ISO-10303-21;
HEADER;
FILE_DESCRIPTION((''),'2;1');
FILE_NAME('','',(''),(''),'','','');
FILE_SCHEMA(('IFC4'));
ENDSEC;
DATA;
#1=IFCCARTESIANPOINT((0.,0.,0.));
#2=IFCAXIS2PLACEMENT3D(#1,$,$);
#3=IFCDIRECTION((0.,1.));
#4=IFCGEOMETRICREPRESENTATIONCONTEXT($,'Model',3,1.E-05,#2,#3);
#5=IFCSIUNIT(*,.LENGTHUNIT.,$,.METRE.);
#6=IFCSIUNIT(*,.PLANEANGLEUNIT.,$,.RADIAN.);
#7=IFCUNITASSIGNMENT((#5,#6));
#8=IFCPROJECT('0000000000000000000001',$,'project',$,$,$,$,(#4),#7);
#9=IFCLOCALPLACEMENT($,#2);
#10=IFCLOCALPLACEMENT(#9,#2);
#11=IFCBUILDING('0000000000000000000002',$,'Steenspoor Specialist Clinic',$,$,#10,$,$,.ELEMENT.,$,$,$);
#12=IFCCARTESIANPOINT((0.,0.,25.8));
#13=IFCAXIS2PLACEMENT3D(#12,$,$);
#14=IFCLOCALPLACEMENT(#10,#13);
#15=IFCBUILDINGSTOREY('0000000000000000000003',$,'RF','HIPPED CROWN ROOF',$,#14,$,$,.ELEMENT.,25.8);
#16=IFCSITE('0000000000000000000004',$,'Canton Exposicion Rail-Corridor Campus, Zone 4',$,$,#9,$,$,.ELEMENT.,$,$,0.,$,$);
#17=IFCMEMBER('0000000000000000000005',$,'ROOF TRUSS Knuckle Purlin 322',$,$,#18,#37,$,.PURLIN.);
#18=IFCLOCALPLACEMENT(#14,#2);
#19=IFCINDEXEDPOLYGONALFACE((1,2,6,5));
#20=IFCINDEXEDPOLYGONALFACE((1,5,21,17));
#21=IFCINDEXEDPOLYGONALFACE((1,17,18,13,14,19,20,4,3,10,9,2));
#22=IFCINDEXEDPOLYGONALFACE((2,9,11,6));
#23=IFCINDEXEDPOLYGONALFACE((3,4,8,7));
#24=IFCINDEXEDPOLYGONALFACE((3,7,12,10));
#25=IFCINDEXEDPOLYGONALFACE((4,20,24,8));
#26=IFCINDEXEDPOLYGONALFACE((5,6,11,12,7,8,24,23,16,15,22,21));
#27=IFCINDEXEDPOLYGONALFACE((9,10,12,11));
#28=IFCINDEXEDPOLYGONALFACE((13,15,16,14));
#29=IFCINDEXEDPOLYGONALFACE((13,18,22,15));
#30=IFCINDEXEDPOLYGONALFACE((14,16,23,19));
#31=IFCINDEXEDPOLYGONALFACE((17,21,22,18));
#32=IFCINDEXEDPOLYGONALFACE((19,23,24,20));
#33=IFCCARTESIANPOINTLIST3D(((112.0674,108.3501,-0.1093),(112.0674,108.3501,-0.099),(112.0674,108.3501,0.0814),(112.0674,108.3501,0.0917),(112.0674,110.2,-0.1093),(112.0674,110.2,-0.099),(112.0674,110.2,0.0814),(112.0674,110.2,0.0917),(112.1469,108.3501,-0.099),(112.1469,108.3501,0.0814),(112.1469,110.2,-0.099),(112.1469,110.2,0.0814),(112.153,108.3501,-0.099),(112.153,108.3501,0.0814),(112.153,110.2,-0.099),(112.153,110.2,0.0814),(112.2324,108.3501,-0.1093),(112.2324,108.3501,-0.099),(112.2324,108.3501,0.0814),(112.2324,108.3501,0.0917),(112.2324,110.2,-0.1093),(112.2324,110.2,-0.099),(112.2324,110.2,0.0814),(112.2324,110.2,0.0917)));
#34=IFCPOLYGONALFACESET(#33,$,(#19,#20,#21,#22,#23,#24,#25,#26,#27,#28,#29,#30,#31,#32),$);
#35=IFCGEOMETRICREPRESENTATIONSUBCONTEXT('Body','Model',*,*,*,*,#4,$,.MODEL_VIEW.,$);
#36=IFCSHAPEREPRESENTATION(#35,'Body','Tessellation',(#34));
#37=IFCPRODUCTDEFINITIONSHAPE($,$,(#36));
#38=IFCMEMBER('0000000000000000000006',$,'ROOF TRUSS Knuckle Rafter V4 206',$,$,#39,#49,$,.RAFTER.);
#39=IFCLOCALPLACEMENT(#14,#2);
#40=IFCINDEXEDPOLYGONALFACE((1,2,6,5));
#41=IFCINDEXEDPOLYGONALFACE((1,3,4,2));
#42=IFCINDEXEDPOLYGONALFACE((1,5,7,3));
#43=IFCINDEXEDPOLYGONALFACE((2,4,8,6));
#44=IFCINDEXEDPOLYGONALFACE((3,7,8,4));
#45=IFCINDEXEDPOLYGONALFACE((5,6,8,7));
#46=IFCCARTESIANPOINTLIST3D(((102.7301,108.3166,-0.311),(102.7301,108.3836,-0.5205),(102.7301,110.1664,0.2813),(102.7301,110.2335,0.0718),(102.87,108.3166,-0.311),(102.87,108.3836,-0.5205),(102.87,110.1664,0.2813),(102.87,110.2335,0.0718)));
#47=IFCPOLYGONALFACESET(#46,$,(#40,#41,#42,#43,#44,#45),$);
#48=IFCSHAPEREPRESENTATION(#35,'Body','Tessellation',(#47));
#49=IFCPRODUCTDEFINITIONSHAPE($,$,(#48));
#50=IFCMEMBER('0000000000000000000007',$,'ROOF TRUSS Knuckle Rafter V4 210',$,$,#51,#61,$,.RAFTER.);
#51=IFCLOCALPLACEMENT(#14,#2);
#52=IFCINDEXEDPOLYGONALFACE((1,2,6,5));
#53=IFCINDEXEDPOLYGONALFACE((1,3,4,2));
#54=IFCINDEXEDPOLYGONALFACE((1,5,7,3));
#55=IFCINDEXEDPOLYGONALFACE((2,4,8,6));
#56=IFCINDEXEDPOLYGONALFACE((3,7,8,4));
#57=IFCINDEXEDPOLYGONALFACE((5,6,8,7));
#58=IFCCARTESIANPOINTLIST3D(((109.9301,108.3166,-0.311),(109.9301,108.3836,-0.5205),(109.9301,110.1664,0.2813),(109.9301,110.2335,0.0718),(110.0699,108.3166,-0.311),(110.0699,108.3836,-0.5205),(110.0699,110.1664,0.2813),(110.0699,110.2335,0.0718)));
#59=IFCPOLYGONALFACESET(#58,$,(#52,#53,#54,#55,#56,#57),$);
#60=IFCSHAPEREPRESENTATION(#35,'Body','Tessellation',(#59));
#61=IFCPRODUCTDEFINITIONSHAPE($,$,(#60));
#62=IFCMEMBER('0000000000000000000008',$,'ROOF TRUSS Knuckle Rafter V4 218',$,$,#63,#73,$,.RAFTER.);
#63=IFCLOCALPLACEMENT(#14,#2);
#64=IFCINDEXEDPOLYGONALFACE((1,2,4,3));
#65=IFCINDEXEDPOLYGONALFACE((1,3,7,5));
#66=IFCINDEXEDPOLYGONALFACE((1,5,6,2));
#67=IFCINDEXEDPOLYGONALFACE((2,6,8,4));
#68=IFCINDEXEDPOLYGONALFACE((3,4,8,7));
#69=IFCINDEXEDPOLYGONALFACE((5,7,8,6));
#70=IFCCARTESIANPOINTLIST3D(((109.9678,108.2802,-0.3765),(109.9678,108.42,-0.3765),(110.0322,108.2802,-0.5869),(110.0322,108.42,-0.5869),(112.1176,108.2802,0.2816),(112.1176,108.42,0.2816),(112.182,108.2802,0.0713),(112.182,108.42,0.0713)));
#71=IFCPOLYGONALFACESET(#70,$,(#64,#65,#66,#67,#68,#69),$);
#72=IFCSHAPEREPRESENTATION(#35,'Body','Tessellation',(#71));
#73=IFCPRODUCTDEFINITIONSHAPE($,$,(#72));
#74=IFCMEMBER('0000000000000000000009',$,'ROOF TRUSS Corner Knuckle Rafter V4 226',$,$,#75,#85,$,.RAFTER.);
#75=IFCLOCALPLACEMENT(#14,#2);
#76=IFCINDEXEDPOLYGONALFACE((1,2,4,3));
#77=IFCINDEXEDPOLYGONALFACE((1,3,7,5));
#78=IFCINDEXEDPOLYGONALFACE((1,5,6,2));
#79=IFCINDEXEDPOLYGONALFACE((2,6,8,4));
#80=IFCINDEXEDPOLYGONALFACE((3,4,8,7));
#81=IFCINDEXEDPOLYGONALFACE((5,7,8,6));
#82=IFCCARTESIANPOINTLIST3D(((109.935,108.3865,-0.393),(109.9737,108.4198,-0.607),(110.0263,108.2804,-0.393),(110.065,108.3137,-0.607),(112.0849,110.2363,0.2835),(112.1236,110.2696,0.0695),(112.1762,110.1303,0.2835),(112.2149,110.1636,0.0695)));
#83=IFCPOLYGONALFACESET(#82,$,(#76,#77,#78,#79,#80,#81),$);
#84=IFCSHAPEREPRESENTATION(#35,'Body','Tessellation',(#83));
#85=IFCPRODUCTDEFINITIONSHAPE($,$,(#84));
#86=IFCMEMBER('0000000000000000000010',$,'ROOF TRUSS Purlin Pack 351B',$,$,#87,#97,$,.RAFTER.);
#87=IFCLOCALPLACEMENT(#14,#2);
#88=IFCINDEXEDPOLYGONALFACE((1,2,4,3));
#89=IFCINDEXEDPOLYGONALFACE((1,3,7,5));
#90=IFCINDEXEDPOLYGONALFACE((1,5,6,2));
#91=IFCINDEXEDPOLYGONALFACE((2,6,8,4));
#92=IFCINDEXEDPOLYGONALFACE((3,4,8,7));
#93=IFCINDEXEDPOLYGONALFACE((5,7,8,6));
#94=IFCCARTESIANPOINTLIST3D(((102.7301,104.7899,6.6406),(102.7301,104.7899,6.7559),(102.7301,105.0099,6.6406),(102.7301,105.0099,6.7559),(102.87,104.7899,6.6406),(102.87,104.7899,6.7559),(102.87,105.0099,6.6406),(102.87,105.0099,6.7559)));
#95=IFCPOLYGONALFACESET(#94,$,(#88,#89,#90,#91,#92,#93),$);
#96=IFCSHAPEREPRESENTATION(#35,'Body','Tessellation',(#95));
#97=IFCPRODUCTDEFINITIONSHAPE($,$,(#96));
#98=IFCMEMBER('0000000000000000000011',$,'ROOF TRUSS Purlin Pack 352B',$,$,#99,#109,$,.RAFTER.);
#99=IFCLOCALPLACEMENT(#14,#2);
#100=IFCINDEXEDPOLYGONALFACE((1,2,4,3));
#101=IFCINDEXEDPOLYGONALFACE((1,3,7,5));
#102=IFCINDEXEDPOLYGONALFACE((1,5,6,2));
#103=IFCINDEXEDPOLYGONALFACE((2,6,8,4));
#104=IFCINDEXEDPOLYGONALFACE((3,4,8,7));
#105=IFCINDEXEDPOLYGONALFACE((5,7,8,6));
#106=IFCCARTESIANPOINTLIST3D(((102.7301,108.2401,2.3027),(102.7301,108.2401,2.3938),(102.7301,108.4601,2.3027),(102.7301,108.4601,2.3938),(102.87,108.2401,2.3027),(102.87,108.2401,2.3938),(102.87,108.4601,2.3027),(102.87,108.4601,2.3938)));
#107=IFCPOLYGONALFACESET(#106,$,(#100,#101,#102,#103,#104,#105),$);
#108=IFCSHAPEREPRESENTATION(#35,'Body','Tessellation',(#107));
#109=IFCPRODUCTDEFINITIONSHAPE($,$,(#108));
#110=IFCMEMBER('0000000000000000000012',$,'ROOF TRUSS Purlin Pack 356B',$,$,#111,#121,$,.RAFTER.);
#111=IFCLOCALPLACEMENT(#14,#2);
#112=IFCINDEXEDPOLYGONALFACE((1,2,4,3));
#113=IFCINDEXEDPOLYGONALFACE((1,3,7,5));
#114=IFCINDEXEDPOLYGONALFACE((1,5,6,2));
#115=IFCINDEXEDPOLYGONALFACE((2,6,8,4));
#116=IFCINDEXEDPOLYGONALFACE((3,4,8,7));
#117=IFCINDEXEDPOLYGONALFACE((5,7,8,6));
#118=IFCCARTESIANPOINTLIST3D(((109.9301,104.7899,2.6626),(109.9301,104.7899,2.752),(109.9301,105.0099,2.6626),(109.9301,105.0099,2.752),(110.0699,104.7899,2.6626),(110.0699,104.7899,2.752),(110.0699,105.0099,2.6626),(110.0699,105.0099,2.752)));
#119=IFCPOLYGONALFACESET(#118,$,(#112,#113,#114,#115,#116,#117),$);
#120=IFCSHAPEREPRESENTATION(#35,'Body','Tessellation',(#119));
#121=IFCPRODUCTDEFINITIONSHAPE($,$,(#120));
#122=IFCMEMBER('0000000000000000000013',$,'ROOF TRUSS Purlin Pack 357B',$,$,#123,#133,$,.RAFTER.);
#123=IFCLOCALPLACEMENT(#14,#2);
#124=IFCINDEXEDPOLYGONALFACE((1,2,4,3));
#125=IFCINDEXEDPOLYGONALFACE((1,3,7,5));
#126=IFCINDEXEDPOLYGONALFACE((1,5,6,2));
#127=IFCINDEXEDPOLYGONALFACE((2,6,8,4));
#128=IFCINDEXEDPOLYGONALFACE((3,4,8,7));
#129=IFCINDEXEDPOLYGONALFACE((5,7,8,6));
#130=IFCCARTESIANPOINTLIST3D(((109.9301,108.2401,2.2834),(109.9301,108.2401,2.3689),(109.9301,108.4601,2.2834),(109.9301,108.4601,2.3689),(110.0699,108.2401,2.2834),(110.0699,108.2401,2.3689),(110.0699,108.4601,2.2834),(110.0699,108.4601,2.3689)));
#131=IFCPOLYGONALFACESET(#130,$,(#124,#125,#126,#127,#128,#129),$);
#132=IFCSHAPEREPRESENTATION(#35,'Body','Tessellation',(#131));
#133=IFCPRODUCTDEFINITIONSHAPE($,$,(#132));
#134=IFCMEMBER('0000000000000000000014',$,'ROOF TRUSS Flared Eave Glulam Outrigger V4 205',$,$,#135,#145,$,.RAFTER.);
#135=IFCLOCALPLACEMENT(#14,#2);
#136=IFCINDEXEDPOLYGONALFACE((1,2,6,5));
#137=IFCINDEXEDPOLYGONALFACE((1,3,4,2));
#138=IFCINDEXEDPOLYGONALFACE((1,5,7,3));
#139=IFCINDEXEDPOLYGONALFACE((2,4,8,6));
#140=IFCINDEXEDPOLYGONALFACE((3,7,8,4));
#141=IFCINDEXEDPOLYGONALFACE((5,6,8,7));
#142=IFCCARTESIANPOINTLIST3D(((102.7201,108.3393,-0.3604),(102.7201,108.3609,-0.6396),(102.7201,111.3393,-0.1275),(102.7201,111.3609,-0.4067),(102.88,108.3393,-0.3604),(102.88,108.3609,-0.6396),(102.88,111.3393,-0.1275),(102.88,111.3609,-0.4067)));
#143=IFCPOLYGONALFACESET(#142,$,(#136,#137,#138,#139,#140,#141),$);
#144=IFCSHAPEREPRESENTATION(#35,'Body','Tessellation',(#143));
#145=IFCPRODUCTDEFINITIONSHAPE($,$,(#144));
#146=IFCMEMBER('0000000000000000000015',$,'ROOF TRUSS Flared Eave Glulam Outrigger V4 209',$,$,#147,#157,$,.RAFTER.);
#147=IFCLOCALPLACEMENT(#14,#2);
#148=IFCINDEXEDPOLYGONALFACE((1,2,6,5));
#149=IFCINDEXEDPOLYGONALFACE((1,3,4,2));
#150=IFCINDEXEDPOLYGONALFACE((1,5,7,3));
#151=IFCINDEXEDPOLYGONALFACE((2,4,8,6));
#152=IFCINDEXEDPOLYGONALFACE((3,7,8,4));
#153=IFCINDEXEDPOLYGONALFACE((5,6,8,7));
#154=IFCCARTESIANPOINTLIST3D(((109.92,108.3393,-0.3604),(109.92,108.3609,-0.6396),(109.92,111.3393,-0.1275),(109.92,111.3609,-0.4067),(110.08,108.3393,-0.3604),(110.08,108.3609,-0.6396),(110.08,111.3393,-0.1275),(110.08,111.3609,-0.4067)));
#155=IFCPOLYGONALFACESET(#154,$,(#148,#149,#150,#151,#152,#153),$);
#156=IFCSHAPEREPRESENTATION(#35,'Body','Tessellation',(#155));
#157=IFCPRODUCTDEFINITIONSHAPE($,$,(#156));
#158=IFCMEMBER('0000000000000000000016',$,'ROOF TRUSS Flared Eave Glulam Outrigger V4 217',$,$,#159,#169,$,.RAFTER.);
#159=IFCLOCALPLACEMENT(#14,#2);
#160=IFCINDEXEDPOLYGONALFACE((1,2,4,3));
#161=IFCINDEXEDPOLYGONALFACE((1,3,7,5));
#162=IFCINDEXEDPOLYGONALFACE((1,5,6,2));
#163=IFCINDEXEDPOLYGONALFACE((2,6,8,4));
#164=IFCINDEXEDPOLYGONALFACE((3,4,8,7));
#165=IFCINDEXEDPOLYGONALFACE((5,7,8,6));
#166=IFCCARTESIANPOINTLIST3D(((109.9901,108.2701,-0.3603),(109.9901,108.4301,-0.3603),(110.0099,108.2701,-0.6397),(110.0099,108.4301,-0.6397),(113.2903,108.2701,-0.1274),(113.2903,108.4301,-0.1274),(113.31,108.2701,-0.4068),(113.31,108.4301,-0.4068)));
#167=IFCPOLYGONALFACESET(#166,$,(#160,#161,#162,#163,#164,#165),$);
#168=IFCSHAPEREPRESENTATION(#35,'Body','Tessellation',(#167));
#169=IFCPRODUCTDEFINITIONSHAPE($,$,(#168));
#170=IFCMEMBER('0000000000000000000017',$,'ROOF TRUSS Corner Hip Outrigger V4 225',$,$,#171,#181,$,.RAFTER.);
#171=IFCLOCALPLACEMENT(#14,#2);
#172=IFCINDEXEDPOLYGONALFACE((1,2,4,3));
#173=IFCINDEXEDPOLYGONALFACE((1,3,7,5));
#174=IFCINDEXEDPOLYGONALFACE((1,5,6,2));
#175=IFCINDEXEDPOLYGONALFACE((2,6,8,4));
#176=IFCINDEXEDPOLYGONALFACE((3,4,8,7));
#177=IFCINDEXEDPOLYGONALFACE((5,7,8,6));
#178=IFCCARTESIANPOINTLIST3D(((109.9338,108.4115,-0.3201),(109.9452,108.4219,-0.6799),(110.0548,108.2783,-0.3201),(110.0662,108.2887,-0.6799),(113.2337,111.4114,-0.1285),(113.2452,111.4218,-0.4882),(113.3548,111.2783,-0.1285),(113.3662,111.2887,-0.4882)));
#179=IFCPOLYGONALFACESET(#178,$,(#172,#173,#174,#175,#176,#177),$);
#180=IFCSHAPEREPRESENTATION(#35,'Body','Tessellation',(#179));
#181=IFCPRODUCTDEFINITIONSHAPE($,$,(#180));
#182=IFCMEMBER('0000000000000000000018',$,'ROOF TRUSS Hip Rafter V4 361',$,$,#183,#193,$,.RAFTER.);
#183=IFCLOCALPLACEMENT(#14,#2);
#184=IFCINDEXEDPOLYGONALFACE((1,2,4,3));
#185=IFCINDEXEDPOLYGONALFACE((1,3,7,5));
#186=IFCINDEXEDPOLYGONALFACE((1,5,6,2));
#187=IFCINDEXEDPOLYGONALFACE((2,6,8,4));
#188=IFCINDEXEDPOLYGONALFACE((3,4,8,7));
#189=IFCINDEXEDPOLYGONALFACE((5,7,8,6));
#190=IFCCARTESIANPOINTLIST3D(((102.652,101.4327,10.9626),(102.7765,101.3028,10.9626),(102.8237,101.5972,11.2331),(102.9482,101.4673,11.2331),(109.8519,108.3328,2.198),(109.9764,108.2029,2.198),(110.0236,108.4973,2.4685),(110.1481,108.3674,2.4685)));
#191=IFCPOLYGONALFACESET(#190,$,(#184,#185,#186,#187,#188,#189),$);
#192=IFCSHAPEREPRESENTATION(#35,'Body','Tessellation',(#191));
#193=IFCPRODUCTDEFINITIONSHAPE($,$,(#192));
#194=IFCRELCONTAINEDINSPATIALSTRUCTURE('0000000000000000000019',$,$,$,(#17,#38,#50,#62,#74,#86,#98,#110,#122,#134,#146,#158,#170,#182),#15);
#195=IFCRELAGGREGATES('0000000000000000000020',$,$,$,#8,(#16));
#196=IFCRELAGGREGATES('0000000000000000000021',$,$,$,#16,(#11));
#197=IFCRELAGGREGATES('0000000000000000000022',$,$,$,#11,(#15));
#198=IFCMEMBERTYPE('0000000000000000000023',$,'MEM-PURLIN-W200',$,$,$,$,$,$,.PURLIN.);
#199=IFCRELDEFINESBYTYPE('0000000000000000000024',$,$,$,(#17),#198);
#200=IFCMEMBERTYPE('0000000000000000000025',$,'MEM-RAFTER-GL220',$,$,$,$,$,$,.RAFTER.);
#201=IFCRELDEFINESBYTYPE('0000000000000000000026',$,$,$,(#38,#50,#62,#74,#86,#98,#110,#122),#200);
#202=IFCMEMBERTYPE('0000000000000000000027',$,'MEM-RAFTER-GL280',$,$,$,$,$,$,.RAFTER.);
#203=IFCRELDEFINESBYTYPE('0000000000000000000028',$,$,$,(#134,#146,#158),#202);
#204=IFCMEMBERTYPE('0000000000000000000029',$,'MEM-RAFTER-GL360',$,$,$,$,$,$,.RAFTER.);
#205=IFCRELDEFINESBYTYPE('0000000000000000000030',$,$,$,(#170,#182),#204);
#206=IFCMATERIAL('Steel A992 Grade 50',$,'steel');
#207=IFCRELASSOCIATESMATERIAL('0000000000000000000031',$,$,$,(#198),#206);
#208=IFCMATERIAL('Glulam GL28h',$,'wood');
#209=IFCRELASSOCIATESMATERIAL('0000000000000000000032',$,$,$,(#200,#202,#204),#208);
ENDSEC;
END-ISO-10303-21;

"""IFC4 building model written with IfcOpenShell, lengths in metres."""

from ifc_helpers import new_model, si_unit, direction, frame, origin, origin_2d, place, context, subcontext, project, spatial, rectangle, i_section, extrude, material, material_profile, profile_set, type_object, element, save


model = new_model("IFC4")

# Units and contexts
model_context = context("Model", 3, precision=1e-05, world=origin(), true_north=direction((0.0, 1.0)))
body_context = subcontext(model_context, "Body", "Model", "MODEL_VIEW")
ifc_project = project(units=[si_unit("LENGTHUNIT", "METRE"), si_unit("PLANEANGLEUNIT", "RADIAN")], contexts=[model_context])

# Site, building, storey
site_placement = place(None, origin())
site = spatial("IfcSite", under=ifc_project, at=site_placement, Name="Canton Exposicion Rail-Corridor Campus, Zone 4", CompositionType="ELEMENT", RefElevation=0.0)
building_placement = place(site_placement, origin())
building = spatial("IfcBuilding", under=site, at=building_placement, Name="Steenspoor Specialist Clinic", CompositionType="ELEMENT")
storey_placement = place(building_placement, frame((0.0, 0.0, 25.8)))
storey = spatial("IfcBuildingStorey", under=building, at=storey_placement, Name="RF", Description="HIPPED CROWN ROOF", CompositionType="ELEMENT", Elevation=25.8)

# Members
ifc_material_1 = material(Name="Steel A992 Grade 50", Category="steel")
ifc_material_profile_1 = material_profile(ifc_material_1, i_section(OverallWidth=0.165, OverallDepth=0.2009, WebThickness=0.0061, FlangeThickness=0.0103, at=origin_2d()), Name="W200X36")
ifc_profile_set_1 = profile_set([ifc_material_profile_1], Name="Steel A992 Grade 50")
member_type_1 = type_object("IfcMemberType", Name="MEM-PURLIN-W200", PredefinedType="PURLIN", material=ifc_profile_set_1)
member_1_placement = place(storey_placement, frame((112.1499, 108.3501, -0.0088), z_axis=(0.0, 1.0, 0.0), x_axis=(-1.0, 0.0, 0.0)))
element("IfcMember", 1, at=member_1_placement, inside=storey, type_object=member_type_1, Name="ROOF TRUSS Knuckle Purlin 322", PredefinedType="PURLIN", context=body_context, shape_type="SweptSolid", body=[
    extrude(i_section(OverallWidth=0.165, OverallDepth=0.2009, WebThickness=0.0061, FlangeThickness=0.0103, at=origin_2d()), origin(), (0.0, 0.0, 1.0), 1.8499),
])
ifc_material_2 = material(Name="Glulam GL28h", Category="wood")
ifc_material_profile_2 = material_profile(ifc_material_2, rectangle(XDim=0.1399, YDim=0.22, at=origin_2d()), Name="GL28H-140X220")
ifc_profile_set_2 = profile_set([ifc_material_profile_2], Name="Glulam GL28h")
member_type_2 = type_object("IfcMemberType", Name="MEM-RAFTER-GL220", PredefinedType="RAFTER", material=ifc_profile_set_2)
for number, where, z_axis, x_axis, name in (
    (2, (102.8, 108.3501, -0.4158), (0.0, 0.952375, 0.304931), (-1.0, 0.0, 0.0), "ROOF TRUSS Knuckle Rafter V4 206"),
    (3, (110.0, 108.3501, -0.4158), (0.0, 0.952375, 0.304931), (-1.0, 0.0, 0.0), "ROOF TRUSS Knuckle Rafter V4 210"),
):
    element("IfcMember", number, at=place(storey_placement, frame(where, z_axis=z_axis, x_axis=x_axis)), inside=storey, type_object=member_type_2, Name=name, PredefinedType="RAFTER", context=body_context, shape_type="SweptSolid", body=[
        extrude(rectangle(XDim=0.1399, YDim=0.22, at=origin_2d()), origin(), (0.0, 0.0, 1.0), 1.9424),
    ])
member_2_placement = place(storey_placement, frame((110.0, 108.3501, -0.4817), z_axis=(0.956191, 0.0, 0.292743), x_axis=(0.0, 1.0, 0.0)))
element("IfcMember", 4, at=member_2_placement, inside=storey, type_object=member_type_2, Name="ROOF TRUSS Knuckle Rafter V4 218", PredefinedType="RAFTER", context=body_context, shape_type="SweptSolid", body=[
    extrude(rectangle(XDim=0.1399, YDim=0.22, at=origin_2d()), origin(), (0.0, 0.0, 1.0), 2.2483),
])
member_3_placement = place(storey_placement, frame((110.0, 108.3501, -0.5), z_axis=(0.737336, 0.634431, 0.232019), x_axis=(-0.652229, 0.758022, 0.0)))
element("IfcMember", 5, at=member_3_placement, inside=storey, type_object=member_type_2, Name="ROOF TRUSS Corner Knuckle Rafter V4 226", PredefinedType="RAFTER", context=body_context, shape_type="SweptSolid", body=[
    extrude(rectangle(XDim=0.1399, YDim=0.22, at=origin_2d()), origin(), (0.0, 0.0, 1.0), 2.9158),
])
member_4_placement = place(storey_placement, frame((102.8, 104.8999, 6.6406), z_axis=(0.0, 0.0, 1.0), x_axis=(1.0, 0.0, 0.0)))
element("IfcMember", 6, at=member_4_placement, inside=storey, type_object=member_type_2, Name="ROOF TRUSS Purlin Pack 351B", PredefinedType="RAFTER", context=body_context, shape_type="SweptSolid", body=[
    extrude(rectangle(XDim=0.1399, YDim=0.22, at=origin_2d()), origin(), (0.0, 0.0, 1.0), 0.1152),
])
member_5_placement = place(storey_placement, frame((102.8, 108.3501, 2.3027), z_axis=(0.0, 0.0, 1.0), x_axis=(1.0, 0.0, 0.0)))
element("IfcMember", 7, at=member_5_placement, inside=storey, type_object=member_type_2, Name="ROOF TRUSS Purlin Pack 352B", PredefinedType="RAFTER", context=body_context, shape_type="SweptSolid", body=[
    extrude(rectangle(XDim=0.1399, YDim=0.22, at=origin_2d()), origin(), (0.0, 0.0, 1.0), 0.0911),
])
member_6_placement = place(storey_placement, frame((110.0, 104.8999, 2.6626), z_axis=(0.0, 0.0, 1.0), x_axis=(1.0, 0.0, 0.0)))
element("IfcMember", 8, at=member_6_placement, inside=storey, type_object=member_type_2, Name="ROOF TRUSS Purlin Pack 356B", PredefinedType="RAFTER", context=body_context, shape_type="SweptSolid", body=[
    extrude(rectangle(XDim=0.1399, YDim=0.22, at=origin_2d()), origin(), (0.0, 0.0, 1.0), 0.0894),
])
member_7_placement = place(storey_placement, frame((110.0, 108.3501, 2.2834), z_axis=(0.0, 0.0, 1.0), x_axis=(1.0, 0.0, 0.0)))
element("IfcMember", 9, at=member_7_placement, inside=storey, type_object=member_type_2, Name="ROOF TRUSS Purlin Pack 357B", PredefinedType="RAFTER", context=body_context, shape_type="SweptSolid", body=[
    extrude(rectangle(XDim=0.1399, YDim=0.22, at=origin_2d()), origin(), (0.0, 0.0, 1.0), 0.0854),
])
ifc_material_profile_3 = material_profile(ifc_material_2, rectangle(XDim=0.1599, YDim=0.28, at=origin_2d()), Name="GL28H-160X280")
ifc_profile_set_3 = profile_set([ifc_material_profile_3], Name="Glulam GL28h")
member_type_3 = type_object("IfcMemberType", Name="MEM-RAFTER-GL280", PredefinedType="RAFTER", material=ifc_profile_set_3)
for number, where, z_axis, x_axis, name in (
    (10, (102.8, 108.3501, -0.5), (0.0, 0.997, 0.077404), (-1.0, 0.0, 0.0), "ROOF TRUSS Flared Eave Glulam Outrigger V4 205"),
    (11, (110.0, 108.3501, -0.5), (0.0, 0.997, 0.077404), (-1.0, 0.0, 0.0), "ROOF TRUSS Flared Eave Glulam Outrigger V4 209"),
):
    element("IfcMember", number, at=place(storey_placement, frame(where, z_axis=z_axis, x_axis=x_axis)), inside=storey, type_object=member_type_3, Name=name, PredefinedType="RAFTER", context=body_context, shape_type="SweptSolid", body=[
        extrude(rectangle(XDim=0.1599, YDim=0.28, at=origin_2d()), origin(), (0.0, 0.0, 1.0), 3.009),
    ])
member_8_placement = place(storey_placement, frame((110.0, 108.3501, -0.5), z_axis=(0.997519, 0.0, 0.070403), x_axis=(0.0, 1.0, 0.0)))
element("IfcMember", 12, at=member_8_placement, inside=storey, type_object=member_type_3, Name="ROOF TRUSS Flared Eave Glulam Outrigger V4 217", PredefinedType="RAFTER", context=body_context, shape_type="SweptSolid", body=[
    extrude(rectangle(XDim=0.1599, YDim=0.28, at=origin_2d()), origin(), (0.0, 0.0, 1.0), 3.3083),
])
ifc_material_profile_4 = material_profile(ifc_material_2, rectangle(XDim=0.1799, YDim=0.3601, at=origin_2d()), Name="GL28H-180X360")
ifc_profile_set_4 = profile_set([ifc_material_profile_4], Name="Glulam GL28h")
member_type_4 = type_object("IfcMemberType", Name="MEM-RAFTER-GL360", PredefinedType="RAFTER", material=ifc_profile_set_4)
member_9_placement = place(storey_placement, frame((110.0, 108.3501, -0.5), z_axis=(0.739263, 0.672047, 0.042933), x_axis=(-0.672667, 0.739945, 0.0)))
element("IfcMember", 13, at=member_9_placement, inside=storey, type_object=member_type_4, Name="ROOF TRUSS Corner Hip Outrigger V4 225", PredefinedType="RAFTER", context=body_context, shape_type="SweptSolid", body=[
    extrude(rectangle(XDim=0.1799, YDim=0.3601, at=origin_2d()), origin(), (0.0, 0.0, 1.0), 4.4639),
])
member_10_placement = place(storey_placement, frame((110.0, 108.3501, 2.3333), z_axis=(-0.5423, -0.519719, 0.660153), x_axis=(0.691915, -0.721979, 0.0)))
element("IfcMember", 14, at=member_10_placement, inside=storey, type_object=member_type_4, Name="ROOF TRUSS Hip Rafter V4 361", PredefinedType="RAFTER", context=body_context, shape_type="SweptSolid", body=[
    extrude(rectangle(XDim=0.1799, YDim=0.3601, at=origin_2d()), origin(), (0.0, 0.0, 1.0), 13.2766),
])

save(model, "model.ifc")
